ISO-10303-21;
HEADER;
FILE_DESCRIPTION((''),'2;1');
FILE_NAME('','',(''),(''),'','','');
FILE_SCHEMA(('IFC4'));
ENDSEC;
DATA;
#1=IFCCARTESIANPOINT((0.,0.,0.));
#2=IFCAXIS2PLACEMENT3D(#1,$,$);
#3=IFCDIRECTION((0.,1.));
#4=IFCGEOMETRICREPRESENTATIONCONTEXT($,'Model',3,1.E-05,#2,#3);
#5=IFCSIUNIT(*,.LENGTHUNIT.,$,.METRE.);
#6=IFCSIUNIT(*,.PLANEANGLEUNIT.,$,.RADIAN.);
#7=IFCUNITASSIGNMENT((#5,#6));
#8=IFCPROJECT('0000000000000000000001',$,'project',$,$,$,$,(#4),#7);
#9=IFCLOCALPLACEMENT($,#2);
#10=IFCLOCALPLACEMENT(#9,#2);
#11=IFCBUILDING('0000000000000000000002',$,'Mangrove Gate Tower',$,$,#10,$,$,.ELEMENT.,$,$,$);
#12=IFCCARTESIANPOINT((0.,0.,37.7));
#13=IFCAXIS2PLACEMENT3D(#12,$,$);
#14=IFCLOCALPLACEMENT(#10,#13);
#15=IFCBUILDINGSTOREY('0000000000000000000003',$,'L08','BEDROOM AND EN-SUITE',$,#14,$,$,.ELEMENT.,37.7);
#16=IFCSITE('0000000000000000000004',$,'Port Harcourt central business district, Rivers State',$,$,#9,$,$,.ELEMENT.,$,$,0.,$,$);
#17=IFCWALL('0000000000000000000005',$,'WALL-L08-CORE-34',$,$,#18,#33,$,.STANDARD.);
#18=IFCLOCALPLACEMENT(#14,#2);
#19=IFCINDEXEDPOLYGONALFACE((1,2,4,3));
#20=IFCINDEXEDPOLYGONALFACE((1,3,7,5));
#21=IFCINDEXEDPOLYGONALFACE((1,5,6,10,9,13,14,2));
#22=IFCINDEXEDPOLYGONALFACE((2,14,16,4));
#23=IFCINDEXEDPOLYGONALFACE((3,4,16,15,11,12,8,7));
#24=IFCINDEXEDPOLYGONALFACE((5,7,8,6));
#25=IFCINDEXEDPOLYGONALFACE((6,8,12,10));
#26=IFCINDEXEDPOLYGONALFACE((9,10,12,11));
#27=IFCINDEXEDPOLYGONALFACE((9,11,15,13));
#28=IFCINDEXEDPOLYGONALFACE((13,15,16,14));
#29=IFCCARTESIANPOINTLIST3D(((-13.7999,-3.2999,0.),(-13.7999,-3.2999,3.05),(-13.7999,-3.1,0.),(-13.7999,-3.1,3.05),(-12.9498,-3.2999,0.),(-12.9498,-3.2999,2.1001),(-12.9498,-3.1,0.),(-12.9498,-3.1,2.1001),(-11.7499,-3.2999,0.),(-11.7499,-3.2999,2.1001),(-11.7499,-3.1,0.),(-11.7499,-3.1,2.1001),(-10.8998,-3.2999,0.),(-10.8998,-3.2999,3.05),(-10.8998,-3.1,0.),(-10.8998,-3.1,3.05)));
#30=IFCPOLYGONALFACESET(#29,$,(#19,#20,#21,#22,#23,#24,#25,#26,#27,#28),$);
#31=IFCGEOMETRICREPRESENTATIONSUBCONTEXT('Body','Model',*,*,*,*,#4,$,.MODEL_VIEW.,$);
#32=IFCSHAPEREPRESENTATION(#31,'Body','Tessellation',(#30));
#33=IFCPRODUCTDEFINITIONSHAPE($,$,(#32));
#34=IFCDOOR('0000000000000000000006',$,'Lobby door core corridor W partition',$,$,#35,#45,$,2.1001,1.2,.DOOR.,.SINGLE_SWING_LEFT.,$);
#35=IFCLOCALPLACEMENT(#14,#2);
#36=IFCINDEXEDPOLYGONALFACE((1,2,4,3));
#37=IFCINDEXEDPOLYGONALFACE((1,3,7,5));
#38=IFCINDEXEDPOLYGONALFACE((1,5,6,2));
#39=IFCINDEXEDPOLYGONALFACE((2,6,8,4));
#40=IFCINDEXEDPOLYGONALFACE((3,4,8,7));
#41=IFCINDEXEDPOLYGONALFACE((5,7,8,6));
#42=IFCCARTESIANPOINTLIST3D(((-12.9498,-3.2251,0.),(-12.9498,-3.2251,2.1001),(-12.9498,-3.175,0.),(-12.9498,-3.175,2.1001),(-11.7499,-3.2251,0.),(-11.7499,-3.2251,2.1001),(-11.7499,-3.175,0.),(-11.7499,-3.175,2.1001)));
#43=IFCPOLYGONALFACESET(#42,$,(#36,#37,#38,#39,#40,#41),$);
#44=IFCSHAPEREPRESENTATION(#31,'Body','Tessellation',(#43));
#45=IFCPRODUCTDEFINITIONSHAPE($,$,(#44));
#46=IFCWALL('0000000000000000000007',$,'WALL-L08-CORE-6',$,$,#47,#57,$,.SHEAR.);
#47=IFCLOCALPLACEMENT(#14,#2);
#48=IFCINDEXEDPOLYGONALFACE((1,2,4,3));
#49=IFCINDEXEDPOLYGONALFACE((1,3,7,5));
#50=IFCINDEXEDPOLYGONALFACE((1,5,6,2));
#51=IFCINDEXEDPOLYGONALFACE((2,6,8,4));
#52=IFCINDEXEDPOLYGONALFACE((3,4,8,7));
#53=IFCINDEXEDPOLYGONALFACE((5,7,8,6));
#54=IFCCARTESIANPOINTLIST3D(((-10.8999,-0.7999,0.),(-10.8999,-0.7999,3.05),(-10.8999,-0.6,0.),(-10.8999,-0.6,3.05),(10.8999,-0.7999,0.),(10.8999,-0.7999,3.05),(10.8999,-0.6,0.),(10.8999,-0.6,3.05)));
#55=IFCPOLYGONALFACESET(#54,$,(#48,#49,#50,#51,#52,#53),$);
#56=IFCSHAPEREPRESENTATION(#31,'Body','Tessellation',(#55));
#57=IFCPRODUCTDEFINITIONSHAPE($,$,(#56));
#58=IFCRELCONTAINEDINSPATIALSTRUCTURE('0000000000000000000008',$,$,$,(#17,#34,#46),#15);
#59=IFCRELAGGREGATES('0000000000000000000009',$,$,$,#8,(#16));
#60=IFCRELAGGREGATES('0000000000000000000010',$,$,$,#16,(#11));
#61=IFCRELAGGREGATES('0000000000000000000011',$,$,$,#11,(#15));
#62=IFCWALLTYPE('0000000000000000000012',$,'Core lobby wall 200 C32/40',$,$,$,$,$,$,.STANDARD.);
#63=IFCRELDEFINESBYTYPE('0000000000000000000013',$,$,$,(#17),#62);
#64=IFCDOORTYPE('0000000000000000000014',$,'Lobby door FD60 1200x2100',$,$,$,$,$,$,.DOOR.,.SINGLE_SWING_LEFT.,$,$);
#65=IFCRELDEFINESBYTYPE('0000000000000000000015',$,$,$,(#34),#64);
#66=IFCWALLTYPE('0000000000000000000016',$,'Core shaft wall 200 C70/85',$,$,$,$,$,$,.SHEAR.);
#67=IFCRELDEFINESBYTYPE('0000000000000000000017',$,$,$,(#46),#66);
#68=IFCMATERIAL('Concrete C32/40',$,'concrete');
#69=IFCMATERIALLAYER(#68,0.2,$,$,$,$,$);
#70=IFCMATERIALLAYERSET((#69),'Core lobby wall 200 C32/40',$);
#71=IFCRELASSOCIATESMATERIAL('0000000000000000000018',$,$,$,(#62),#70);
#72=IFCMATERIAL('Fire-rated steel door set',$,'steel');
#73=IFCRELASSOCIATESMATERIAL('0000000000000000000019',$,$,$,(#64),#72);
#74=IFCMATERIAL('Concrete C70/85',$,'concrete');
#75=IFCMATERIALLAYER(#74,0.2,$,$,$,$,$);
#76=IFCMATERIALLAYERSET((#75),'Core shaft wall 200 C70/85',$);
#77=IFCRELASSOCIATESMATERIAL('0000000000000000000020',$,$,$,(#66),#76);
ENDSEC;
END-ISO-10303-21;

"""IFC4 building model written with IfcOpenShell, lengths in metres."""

from ifc_helpers import new_model, si_unit, direction, frame, frame_2d, origin, place, context, subcontext, project, spatial, rectangle, extrude, material, layer, layer_set, type_object, element, fill, save


model = new_model("IFC4")

# Units and contexts
model_context = context("Model", 3, precision=1e-05, world=origin(), true_north=direction((0.0, 1.0)))
body_context = subcontext(model_context, "Body", "Model", "MODEL_VIEW")
ifc_project = project(units=[si_unit("LENGTHUNIT", "METRE"), si_unit("PLANEANGLEUNIT", "RADIAN")], contexts=[model_context])

# Site, building, storey
site_placement = place(None, origin())
site = spatial("IfcSite", under=ifc_project, at=site_placement, Name="Port Harcourt central business district, Rivers State", CompositionType="ELEMENT", RefElevation=0.0)
building_placement = place(site_placement, origin())
building = spatial("IfcBuilding", under=site, at=building_placement, Name="Mangrove Gate Tower", CompositionType="ELEMENT")
storey_placement = place(building_placement, frame((0.0, 0.0, 37.7)))
storey = spatial("IfcBuildingStorey", under=building, at=storey_placement, Name="L08", Description="BEDROOM AND EN-SUITE", CompositionType="ELEMENT", Elevation=37.7)

# Wall, opening, door
ifc_material_1 = material(Name="Concrete C32/40", Category="concrete")
ifc_layer_1 = layer(ifc_material_1, 0.2)
ifc_layer_set_1 = layer_set([ifc_layer_1], Name="Core lobby wall 200 C32/40")
wall_type_1 = type_object("IfcWallType", Name="Core lobby wall 200 C32/40", PredefinedType="STANDARD", material=ifc_layer_set_1)
wall_1_placement = place(storey_placement, frame((-13.8, -3.2, 0.0), z_axis=(0.0, 0.0, 1.0), x_axis=(1.0, 0.0, 0.0)))
wall_1 = element("IfcWall", 1, at=wall_1_placement, inside=storey, type_object=wall_type_1, Name="WALL-L08-CORE-34", PredefinedType="STANDARD", context=body_context, shape_type="SweptSolid", body=[
    extrude(rectangle(XDim=2.9001, YDim=0.2, at=frame_2d((1.4502, 0.0))), origin(), (0.0, 0.0, 1.0), 3.05),
])
opening_1_placement = place(wall_1_placement, frame((0.8501, 0.0, 0.0)))
opening_1 = element("IfcOpeningElement", 2, at=opening_1_placement, cuts=wall_1, PredefinedType="OPENING", context=body_context, shape_type="SweptSolid", body=[
    extrude(rectangle(XDim=1.2, YDim=2.1001, at=frame_2d((0.6001, 1.05))), frame((0.0, 0.1099, 0.0), z_axis=(0.0, -1.0, 0.0), x_axis=(1.0, 0.0, 0.0)), (0.0, 0.0, 1.0), 0.22),
])
ifc_material_2 = material(Name="Fire-rated steel door set", Category="steel")
door_type_1 = type_object("IfcDoorType", Name="Lobby door FD60 1200x2100", OperationType="SINGLE_SWING_LEFT", PredefinedType="DOOR", material=ifc_material_2)
door_1_placement = place(opening_1_placement, origin())
door_1 = element("IfcDoor", 3, at=door_1_placement, inside=storey, type_object=door_type_1, Name="Lobby door core corridor W partition", OperationType="SINGLE_SWING_LEFT", OverallHeight=2.1001, OverallWidth=1.2, PredefinedType="DOOR", context=body_context, shape_type="SweptSolid", body=[
    extrude(rectangle(XDim=1.2, YDim=2.1001, at=frame_2d((0.6001, 1.05))), frame((0.0, 0.0249, 0.0), z_axis=(0.0, -1.0, 0.0), x_axis=(1.0, 0.0, 0.0)), (0.0, 0.0, 1.0), 0.05),
])
fill(opening_1, door_1)

# Wall
ifc_material_3 = material(Name="Concrete C70/85", Category="concrete")
ifc_layer_2 = layer(ifc_material_3, 0.2)
ifc_layer_set_2 = layer_set([ifc_layer_2], Name="Core shaft wall 200 C70/85")
wall_type_2 = type_object("IfcWallType", Name="Core shaft wall 200 C70/85", PredefinedType="SHEAR", material=ifc_layer_set_2)
wall_2_placement = place(storey_placement, frame((-10.8999, -0.7, 0.0), z_axis=(0.0, 0.0, 1.0), x_axis=(1.0, 0.0, 0.0)))
element("IfcWall", 4, at=wall_2_placement, inside=storey, type_object=wall_type_2, Name="WALL-L08-CORE-6", PredefinedType="SHEAR", context=body_context, shape_type="SweptSolid", body=[
    extrude(rectangle(XDim=21.7998, YDim=0.2, at=frame_2d((10.8999, 0.0))), origin(), (0.0, 0.0, 1.0), 3.05),
])

save(model, "model.ifc")
